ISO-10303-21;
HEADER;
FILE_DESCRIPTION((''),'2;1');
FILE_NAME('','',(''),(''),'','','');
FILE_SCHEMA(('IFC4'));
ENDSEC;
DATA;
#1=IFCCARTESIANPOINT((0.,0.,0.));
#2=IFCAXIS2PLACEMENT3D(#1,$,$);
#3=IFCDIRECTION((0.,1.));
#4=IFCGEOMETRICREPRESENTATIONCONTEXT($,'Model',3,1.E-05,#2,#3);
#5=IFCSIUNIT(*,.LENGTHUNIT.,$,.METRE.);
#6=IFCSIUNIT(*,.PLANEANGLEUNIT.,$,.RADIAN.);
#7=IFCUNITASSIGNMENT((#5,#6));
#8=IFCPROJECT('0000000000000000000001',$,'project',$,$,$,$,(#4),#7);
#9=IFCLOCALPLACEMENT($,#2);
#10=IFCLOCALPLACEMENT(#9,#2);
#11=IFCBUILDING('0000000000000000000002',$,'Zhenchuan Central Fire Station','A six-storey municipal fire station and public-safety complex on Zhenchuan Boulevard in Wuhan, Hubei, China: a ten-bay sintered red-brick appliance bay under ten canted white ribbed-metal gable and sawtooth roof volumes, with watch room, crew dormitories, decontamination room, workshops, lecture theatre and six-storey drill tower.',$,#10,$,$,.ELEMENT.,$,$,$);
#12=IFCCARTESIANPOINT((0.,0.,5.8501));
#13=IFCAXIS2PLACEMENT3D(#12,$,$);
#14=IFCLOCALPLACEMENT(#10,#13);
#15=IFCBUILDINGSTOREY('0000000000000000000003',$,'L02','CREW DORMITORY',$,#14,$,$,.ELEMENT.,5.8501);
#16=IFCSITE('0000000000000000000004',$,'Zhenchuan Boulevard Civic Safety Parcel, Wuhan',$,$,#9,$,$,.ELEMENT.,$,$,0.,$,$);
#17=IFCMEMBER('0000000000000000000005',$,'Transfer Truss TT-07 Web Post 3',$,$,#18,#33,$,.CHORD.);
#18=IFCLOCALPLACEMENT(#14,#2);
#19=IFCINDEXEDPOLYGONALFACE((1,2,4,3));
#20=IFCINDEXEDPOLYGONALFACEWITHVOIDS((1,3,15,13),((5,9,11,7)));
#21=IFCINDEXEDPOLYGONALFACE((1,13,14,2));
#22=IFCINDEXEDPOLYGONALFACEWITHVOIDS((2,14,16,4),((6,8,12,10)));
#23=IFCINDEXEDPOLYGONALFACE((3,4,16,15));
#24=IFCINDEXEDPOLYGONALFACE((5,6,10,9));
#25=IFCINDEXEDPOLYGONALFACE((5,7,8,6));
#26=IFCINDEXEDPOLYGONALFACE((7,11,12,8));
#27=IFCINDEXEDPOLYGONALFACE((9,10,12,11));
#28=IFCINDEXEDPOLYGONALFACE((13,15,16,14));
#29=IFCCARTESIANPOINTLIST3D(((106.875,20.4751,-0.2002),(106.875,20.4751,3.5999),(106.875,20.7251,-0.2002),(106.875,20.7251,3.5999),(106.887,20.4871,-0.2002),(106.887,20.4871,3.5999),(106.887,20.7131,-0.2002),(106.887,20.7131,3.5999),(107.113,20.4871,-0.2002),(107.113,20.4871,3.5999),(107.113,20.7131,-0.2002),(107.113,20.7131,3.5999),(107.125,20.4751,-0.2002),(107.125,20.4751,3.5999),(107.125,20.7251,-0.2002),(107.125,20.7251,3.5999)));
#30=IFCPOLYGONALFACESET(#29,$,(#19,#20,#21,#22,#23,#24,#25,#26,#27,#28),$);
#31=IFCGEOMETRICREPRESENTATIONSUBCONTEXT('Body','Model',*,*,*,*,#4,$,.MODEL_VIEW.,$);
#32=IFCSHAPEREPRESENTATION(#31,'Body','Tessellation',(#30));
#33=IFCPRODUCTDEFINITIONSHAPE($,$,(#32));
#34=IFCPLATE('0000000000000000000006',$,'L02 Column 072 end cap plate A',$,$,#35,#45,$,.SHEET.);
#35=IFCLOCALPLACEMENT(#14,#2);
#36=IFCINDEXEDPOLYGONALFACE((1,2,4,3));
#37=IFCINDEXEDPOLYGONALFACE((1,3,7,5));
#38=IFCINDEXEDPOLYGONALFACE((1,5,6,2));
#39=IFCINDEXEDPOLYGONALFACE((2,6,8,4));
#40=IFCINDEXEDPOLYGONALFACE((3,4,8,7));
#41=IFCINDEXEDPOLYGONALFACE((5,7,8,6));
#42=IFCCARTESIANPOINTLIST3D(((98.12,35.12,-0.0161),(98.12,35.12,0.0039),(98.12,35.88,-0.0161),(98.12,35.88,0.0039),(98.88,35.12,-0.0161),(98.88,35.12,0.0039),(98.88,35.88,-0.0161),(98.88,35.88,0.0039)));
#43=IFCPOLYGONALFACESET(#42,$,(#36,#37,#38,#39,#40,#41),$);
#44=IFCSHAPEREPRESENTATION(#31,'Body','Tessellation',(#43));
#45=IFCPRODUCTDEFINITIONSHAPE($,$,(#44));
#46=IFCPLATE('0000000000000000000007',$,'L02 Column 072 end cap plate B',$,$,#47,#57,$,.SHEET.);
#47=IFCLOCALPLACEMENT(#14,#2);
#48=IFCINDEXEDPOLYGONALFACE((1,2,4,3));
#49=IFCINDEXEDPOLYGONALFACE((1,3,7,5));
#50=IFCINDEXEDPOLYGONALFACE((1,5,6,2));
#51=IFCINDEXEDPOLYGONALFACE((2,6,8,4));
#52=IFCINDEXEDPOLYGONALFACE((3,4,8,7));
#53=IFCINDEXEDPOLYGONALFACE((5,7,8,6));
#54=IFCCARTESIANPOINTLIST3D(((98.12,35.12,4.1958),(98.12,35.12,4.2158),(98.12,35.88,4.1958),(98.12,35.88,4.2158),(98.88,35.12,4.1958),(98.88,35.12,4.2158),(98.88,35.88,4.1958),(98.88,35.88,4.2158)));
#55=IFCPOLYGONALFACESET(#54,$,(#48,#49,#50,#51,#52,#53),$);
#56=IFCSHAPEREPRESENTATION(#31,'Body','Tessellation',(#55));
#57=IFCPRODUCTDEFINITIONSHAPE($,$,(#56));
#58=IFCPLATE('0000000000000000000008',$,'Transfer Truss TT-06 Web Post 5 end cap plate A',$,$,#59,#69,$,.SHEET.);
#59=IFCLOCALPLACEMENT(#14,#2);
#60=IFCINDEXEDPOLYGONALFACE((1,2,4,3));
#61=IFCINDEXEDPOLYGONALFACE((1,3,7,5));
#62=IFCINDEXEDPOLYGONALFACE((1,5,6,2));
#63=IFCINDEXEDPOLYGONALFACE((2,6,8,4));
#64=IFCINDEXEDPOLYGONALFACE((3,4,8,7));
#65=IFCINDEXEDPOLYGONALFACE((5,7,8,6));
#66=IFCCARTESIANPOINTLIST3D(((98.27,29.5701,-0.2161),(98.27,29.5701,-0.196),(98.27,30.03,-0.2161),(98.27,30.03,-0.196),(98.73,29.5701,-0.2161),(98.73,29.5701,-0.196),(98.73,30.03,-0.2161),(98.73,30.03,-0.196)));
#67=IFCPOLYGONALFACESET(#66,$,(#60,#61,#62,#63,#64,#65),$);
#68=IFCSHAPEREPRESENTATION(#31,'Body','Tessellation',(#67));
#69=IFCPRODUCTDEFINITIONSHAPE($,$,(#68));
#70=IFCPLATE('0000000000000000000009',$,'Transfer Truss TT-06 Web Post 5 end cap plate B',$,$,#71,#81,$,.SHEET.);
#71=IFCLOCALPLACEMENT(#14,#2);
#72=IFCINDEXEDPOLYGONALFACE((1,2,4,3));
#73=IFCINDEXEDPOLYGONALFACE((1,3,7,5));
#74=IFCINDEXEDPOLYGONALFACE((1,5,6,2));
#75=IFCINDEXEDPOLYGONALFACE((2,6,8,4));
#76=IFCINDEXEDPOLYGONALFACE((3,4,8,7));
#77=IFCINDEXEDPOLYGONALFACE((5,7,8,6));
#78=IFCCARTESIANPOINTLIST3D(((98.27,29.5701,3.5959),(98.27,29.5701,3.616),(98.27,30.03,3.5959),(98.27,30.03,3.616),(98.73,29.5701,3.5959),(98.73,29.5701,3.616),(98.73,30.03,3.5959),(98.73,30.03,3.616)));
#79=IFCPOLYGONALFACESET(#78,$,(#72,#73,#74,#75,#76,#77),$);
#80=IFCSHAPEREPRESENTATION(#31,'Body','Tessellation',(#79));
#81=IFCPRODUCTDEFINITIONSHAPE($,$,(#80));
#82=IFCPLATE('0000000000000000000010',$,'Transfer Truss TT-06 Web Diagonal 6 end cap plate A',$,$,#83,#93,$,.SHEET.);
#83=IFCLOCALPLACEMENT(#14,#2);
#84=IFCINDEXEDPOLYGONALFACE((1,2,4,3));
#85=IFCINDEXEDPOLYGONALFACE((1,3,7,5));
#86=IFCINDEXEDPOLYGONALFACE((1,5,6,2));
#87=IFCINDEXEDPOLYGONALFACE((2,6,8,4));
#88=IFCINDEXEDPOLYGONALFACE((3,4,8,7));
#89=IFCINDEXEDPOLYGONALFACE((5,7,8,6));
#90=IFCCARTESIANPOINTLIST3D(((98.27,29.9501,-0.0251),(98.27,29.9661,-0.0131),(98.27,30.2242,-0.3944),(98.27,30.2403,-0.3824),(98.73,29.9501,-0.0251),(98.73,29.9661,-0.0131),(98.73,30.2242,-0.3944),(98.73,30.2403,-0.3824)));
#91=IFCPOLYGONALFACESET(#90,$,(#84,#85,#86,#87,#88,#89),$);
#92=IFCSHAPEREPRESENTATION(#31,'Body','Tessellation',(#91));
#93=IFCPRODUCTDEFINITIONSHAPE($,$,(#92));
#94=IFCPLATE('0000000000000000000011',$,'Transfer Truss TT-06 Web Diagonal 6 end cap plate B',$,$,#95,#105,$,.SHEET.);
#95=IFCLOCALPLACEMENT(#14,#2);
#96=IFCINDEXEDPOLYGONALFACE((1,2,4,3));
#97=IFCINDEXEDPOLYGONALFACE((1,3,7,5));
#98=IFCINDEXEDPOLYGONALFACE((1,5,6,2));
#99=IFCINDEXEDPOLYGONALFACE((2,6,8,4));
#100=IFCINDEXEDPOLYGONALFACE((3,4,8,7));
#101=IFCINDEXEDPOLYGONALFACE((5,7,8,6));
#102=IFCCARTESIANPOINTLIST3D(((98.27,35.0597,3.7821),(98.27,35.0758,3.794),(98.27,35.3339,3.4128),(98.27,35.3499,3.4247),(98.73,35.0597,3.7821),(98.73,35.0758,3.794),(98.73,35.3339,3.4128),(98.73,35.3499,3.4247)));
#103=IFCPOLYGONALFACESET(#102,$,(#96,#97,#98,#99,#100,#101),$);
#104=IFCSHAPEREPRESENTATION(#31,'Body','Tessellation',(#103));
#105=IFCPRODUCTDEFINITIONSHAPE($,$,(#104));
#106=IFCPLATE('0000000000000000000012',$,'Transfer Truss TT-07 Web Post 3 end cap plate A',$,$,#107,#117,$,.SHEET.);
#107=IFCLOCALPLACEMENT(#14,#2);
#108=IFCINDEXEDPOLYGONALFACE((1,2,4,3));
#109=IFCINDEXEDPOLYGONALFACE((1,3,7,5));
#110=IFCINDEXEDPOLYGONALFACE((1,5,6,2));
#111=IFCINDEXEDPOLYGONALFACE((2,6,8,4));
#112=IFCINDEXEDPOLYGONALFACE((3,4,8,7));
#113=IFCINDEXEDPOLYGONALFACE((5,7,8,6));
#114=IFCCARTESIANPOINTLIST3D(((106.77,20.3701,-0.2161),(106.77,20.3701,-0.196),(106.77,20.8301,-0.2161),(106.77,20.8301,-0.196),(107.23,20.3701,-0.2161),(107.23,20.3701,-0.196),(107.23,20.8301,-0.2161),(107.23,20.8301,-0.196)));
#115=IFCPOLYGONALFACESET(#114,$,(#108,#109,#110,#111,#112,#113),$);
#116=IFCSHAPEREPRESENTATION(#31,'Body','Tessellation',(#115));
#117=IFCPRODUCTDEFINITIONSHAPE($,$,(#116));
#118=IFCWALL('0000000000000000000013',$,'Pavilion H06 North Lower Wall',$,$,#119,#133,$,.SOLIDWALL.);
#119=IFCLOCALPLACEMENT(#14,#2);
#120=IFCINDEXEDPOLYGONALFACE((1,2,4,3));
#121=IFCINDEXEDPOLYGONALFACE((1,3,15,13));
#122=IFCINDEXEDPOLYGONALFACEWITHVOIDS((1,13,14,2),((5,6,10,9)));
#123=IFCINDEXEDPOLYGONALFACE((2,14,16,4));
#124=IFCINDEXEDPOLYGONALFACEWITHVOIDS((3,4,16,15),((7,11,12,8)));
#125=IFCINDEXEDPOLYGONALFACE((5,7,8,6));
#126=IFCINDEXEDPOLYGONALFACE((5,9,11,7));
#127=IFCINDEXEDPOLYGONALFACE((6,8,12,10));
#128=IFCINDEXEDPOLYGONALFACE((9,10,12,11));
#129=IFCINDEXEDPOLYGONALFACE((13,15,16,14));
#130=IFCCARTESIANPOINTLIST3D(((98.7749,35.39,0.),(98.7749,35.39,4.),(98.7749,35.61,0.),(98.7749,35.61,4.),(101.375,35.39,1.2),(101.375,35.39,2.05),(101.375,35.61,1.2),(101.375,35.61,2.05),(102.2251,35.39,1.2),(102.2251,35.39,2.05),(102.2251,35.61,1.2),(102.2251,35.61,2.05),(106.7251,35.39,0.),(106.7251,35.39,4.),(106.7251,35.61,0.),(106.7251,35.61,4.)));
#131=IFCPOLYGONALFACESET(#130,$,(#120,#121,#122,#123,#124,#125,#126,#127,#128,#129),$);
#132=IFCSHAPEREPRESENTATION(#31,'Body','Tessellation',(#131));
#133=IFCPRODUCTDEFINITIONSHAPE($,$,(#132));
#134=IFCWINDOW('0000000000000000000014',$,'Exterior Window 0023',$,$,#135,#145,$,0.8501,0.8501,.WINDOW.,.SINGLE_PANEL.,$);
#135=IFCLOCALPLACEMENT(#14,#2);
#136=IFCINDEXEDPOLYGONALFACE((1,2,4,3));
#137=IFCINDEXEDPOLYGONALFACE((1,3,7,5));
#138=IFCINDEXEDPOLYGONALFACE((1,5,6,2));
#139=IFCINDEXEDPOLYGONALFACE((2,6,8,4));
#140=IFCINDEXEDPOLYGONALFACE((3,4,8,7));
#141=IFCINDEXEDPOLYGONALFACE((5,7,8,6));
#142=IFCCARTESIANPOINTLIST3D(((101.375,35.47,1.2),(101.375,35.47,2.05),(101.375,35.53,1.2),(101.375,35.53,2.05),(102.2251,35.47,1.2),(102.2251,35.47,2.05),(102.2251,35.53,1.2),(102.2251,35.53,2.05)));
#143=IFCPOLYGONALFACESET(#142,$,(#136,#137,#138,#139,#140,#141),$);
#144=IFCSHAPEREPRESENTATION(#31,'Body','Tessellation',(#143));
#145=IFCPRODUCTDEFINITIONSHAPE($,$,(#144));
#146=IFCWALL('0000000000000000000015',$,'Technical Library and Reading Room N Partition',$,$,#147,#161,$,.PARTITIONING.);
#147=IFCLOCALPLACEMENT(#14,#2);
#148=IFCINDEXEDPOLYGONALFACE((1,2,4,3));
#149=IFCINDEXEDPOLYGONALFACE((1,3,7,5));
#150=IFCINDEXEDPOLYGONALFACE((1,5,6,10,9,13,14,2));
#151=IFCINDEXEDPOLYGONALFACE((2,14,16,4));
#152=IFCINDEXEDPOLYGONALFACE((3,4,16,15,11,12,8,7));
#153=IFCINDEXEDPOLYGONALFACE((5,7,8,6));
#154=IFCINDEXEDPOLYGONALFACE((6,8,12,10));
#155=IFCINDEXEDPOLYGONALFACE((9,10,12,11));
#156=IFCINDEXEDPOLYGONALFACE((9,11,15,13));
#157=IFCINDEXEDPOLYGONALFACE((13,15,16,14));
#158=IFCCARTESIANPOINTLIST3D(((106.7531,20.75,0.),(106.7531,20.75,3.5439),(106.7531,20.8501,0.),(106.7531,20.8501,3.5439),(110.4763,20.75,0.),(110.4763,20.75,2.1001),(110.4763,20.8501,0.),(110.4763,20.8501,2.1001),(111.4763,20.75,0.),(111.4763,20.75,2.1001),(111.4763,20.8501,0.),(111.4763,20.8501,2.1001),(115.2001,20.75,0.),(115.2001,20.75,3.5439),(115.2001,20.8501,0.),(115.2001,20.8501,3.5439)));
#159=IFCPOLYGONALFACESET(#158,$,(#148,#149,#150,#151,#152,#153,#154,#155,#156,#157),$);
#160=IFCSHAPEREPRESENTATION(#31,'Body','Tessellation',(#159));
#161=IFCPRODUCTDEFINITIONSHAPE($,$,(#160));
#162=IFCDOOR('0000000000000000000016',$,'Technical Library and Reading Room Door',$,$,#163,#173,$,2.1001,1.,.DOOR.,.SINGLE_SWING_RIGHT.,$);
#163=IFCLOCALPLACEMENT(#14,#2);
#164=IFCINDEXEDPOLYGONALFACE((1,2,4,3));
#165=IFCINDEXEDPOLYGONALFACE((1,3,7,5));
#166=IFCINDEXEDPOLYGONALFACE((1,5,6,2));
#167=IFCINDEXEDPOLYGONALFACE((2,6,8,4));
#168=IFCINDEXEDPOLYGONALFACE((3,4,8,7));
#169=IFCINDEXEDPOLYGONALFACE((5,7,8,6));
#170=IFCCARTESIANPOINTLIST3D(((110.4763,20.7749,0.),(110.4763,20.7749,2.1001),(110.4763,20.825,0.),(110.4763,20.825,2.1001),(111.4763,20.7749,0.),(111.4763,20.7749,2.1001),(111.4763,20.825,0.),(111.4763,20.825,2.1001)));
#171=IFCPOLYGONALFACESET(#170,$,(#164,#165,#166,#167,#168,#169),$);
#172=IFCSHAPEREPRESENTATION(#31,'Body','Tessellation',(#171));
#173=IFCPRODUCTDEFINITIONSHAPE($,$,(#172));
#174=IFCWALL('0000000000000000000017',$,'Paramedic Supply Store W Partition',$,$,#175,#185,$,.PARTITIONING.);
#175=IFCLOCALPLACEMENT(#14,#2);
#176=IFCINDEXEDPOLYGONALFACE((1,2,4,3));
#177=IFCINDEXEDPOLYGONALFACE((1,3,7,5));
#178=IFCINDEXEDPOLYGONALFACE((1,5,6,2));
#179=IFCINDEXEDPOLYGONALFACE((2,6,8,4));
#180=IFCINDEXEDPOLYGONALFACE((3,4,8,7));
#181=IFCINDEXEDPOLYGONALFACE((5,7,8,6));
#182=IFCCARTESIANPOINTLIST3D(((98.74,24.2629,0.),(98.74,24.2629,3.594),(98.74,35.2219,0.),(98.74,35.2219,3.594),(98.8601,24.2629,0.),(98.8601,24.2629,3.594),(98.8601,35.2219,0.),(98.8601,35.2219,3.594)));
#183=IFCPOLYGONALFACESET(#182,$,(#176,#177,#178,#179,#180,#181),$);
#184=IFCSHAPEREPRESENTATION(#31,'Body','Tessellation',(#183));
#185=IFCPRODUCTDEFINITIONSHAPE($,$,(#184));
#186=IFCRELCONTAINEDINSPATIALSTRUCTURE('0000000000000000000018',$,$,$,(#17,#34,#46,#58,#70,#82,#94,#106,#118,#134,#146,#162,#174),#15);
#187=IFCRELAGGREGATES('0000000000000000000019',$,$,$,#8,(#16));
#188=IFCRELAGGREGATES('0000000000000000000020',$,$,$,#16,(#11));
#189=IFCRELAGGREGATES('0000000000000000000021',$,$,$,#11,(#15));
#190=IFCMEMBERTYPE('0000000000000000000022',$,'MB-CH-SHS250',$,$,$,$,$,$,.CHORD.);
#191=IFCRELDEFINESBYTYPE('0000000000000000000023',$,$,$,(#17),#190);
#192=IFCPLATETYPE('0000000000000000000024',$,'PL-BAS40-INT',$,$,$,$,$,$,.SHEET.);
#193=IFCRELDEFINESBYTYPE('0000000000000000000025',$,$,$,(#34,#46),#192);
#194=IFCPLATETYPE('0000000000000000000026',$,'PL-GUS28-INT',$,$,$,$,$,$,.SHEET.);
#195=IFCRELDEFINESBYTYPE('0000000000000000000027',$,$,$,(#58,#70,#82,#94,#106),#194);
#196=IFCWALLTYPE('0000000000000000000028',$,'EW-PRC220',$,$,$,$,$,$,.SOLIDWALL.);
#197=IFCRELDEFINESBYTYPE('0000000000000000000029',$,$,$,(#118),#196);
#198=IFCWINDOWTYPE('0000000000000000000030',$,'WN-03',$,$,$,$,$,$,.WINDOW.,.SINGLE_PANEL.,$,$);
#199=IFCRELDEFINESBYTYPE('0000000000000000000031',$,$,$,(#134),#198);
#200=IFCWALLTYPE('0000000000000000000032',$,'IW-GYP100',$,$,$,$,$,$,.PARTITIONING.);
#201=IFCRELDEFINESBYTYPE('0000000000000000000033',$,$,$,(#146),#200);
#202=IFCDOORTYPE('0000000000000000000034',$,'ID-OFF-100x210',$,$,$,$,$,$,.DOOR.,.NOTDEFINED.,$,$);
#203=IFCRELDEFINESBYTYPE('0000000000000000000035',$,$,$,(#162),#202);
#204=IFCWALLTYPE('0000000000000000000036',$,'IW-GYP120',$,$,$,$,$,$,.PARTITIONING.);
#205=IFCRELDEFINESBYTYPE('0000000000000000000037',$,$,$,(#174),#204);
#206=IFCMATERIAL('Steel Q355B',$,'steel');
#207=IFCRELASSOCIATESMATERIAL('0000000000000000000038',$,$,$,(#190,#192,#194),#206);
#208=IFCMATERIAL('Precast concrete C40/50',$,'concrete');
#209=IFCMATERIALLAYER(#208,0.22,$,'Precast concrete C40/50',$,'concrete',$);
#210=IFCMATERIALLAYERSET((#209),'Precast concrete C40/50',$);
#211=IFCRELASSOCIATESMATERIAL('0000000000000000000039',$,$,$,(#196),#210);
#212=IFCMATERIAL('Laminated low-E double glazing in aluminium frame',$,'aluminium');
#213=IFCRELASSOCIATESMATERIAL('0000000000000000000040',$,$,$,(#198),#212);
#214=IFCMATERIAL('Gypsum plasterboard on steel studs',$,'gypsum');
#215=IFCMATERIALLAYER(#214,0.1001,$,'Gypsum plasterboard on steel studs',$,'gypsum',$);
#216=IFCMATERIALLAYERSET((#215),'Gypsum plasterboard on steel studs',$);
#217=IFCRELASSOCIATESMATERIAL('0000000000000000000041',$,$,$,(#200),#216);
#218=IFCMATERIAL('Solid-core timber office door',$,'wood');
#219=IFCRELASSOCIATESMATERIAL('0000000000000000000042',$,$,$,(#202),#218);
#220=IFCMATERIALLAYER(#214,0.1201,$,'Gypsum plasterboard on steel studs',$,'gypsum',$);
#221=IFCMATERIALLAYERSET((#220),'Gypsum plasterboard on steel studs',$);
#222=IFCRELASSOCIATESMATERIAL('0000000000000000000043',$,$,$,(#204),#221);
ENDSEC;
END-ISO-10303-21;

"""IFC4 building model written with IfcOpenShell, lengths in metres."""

from ifc_helpers import new_model, si_unit, direction, frame, frame_2d, origin, origin_2d, place, context, subcontext, project, spatial, rectangle, hollow_rectangle, extrude, material, layer, layer_set, material_profile, profile_set, type_object, element, fill, save


model = new_model("IFC4")

# Units and contexts
model_context = context("Model", 3, precision=1e-05, world=origin(), true_north=direction((0.0, 1.0)))
body_context = subcontext(model_context, "Body", "Model", "MODEL_VIEW")
ifc_project = project(units=[si_unit("LENGTHUNIT", "METRE"), si_unit("PLANEANGLEUNIT", "RADIAN")], contexts=[model_context])

# Site, building, storey
site_placement = place(None, origin())
site = spatial("IfcSite", under=ifc_project, at=site_placement, Name="Zhenchuan Boulevard Civic Safety Parcel, Wuhan", CompositionType="ELEMENT", RefElevation=0.0)
building_placement = place(site_placement, origin())
building = spatial("IfcBuilding", under=site, at=building_placement, Name="Zhenchuan Central Fire Station", Description="A six-storey municipal fire station and public-safety complex on Zhenchuan Boulevard in Wuhan, Hubei, China: a ten-bay sintered red-brick appliance bay under ten canted white ribbed-metal gable and sawtooth roof volumes, with watch room, crew dormitories, decontamination room, workshops, lecture theatre and six-storey drill tower.", CompositionType="ELEMENT")
storey_placement = place(building_placement, frame((0.0, 0.0, 5.8501)))
storey = spatial("IfcBuildingStorey", under=building, at=storey_placement, Name="L02", Description="CREW DORMITORY", CompositionType="ELEMENT", Elevation=5.8501)

# Shared definitions
ifc_material_1 = material(Name="Steel Q355B", Category="steel")

# Member
ifc_material_profile_1 = material_profile(ifc_material_1, hollow_rectangle(XDim=0.25, YDim=0.25, WallThickness=0.012, at=origin_2d()), Name="SHS 250x250x12")
ifc_profile_set_1 = profile_set([ifc_material_profile_1], Name="Steel Q355B")
member_type_1 = type_object("IfcMemberType", Name="MB-CH-SHS250", PredefinedType="CHORD", material=ifc_profile_set_1)
for number, where, z_axis, x_axis, name in (
    (1, (107.0, 20.6001, -0.2002), (0.0, 0.0, 1.0), (1.0, 0.0, 0.0), "Transfer Truss TT-07 Web Post 3"),
):
    element("IfcMember", number, at=place(storey_placement, frame(where, z_axis=z_axis, x_axis=x_axis)), inside=storey, type_object=member_type_1, Name=name, PredefinedType="CHORD", context=body_context, shape_type="SweptSolid", body=[
        extrude(hollow_rectangle(XDim=0.25, YDim=0.25, WallThickness=0.012, at=origin_2d()), origin(), (0.0, 0.0, 1.0), 3.8),
    ])

# Plates
ifc_material_profile_2 = material_profile(ifc_material_1, rectangle(XDim=0.76, YDim=0.76, at=origin_2d()), Name="PL 760x760x40")
ifc_profile_set_2 = profile_set([ifc_material_profile_2], Name="Steel Q355B")
plate_type_1 = type_object("IfcPlateType", Name="PL-BAS40-INT", PredefinedType="SHEET", material=ifc_profile_set_2)
for number, where, z_axis, x_axis, name in (
    (2, (98.5, 35.5, -0.0161), (0.0, 0.0, 1.0), (1.0, 0.0, 0.0), "L02 Column 072 end cap plate A"),
    (3, (98.5, 35.5, 4.1958), (0.0, 0.0, 1.0), (1.0, 0.0, 0.0), "L02 Column 072 end cap plate B"),
):
    element("IfcPlate", number, at=place(storey_placement, frame(where, z_axis=z_axis, x_axis=x_axis)), inside=storey, type_object=plate_type_1, Name=name, PredefinedType="SHEET", context=body_context, shape_type="SweptSolid", body=[
        extrude(rectangle(XDim=0.76, YDim=0.76, at=origin_2d()), origin(), (0.0, 0.0, 1.0), 0.02),
    ])
ifc_material_profile_3 = material_profile(ifc_material_1, rectangle(XDim=0.46, YDim=0.46, at=origin_2d()), Name="PL 460x460x28")
ifc_profile_set_3 = profile_set([ifc_material_profile_3], Name="Steel Q355B")
plate_type_2 = type_object("IfcPlateType", Name="PL-GUS28-INT", PredefinedType="SHEET", material=ifc_profile_set_3)
for number, where, z_axis, x_axis, name in (
    (4, (98.5, 29.8, -0.2161), (0.0, 0.0, 1.0), (1.0, 0.0, 0.0), "Transfer Truss TT-06 Web Post 5 end cap plate A"),
    (5, (98.5, 29.8, 3.5959), (0.0, 0.0, 1.0), (1.0, 0.0, 0.0), "Transfer Truss TT-06 Web Post 5 end cap plate B"),
    (6, (98.5, 30.0872, -0.2097), (0.0, 0.80291, 0.5961), (-1.0, 0.0, 0.0), "Transfer Truss TT-06 Web Diagonal 6 end cap plate A"),
    (7, (98.5, 35.1968, 3.5974), (0.0, 0.80291, 0.5961), (-1.0, 0.0, 0.0), "Transfer Truss TT-06 Web Diagonal 6 end cap plate B"),
    (8, (107.0, 20.6001, -0.2161), (0.0, 0.0, 1.0), (1.0, 0.0, 0.0), "Transfer Truss TT-07 Web Post 3 end cap plate A"),
):
    element("IfcPlate", number, at=place(storey_placement, frame(where, z_axis=z_axis, x_axis=x_axis)), inside=storey, type_object=plate_type_2, Name=name, PredefinedType="SHEET", context=body_context, shape_type="SweptSolid", body=[
        extrude(rectangle(XDim=0.46, YDim=0.46, at=origin_2d()), origin(), (0.0, 0.0, 1.0), 0.02),
    ])

# Wall, opening, window
ifc_material_2 = material(Name="Precast concrete C40/50", Category="concrete")
ifc_layer_1 = layer(ifc_material_2, 0.22, Name="Precast concrete C40/50", Category="concrete")
ifc_layer_set_1 = layer_set([ifc_layer_1], Name="Precast concrete C40/50")
wall_type_1 = type_object("IfcWallType", Name="EW-PRC220", PredefinedType="SOLIDWALL", material=ifc_layer_set_1)
wall_1_placement = place(storey_placement, frame((98.7749, 35.5, 0.0), z_axis=(0.0, 0.0, 1.0), x_axis=(1.0, 0.0, 0.0)))
wall_1 = element("IfcWall", 9, at=wall_1_placement, inside=storey, type_object=wall_type_1, Name="Pavilion H06 North Lower Wall", PredefinedType="SOLIDWALL", context=body_context, shape_type="SweptSolid", body=[
    extrude(rectangle(XDim=7.9502, YDim=0.22, at=frame_2d((3.9751, 0.0))), origin(), (0.0, 0.0, 1.0), 4.0),
])
opening_1_placement = place(wall_1_placement, frame((2.6001, 0.0, 1.2)))
opening_1 = element("IfcOpeningElement", 10, at=opening_1_placement, cuts=wall_1, PredefinedType="OPENING", context=body_context, shape_type="SweptSolid", body=[
    extrude(rectangle(XDim=0.8501, YDim=0.8501, at=frame_2d((0.425, 0.425))), frame((0.0, 0.1199, 0.0), z_axis=(0.0, -1.0, 0.0), x_axis=(1.0, 0.0, 0.0)), (0.0, 0.0, 1.0), 0.24),
])
ifc_material_3 = material(Name="Laminated low-E double glazing in aluminium frame", Category="aluminium")
window_type = type_object("IfcWindowType", Name="WN-03", PartitioningType="SINGLE_PANEL", PredefinedType="WINDOW", material=ifc_material_3)
window_placement = place(opening_1_placement, origin())
window = element("IfcWindow", 11, at=window_placement, inside=storey, type_object=window_type, Name="Exterior Window 0023", OverallHeight=0.8501, OverallWidth=0.8501, PartitioningType="SINGLE_PANEL", PredefinedType="WINDOW", context=body_context, shape_type="SweptSolid", body=[
    extrude(rectangle(XDim=0.8501, YDim=0.8501, at=frame_2d((0.425, 0.425))), frame((0.0, 0.03, 0.0), z_axis=(0.0, -1.0, 0.0), x_axis=(1.0, 0.0, 0.0)), (0.0, 0.0, 1.0), 0.0601),
])
fill(opening_1, window)

# Wall, opening, door
ifc_material_4 = material(Name="Gypsum plasterboard on steel studs", Category="gypsum")
ifc_layer_2 = layer(ifc_material_4, 0.1001, Name="Gypsum plasterboard on steel studs", Category="gypsum")
ifc_layer_set_2 = layer_set([ifc_layer_2], Name="Gypsum plasterboard on steel studs")
wall_type_2 = type_object("IfcWallType", Name="IW-GYP100", PredefinedType="PARTITIONING", material=ifc_layer_set_2)
wall_2_placement = place(storey_placement, frame((106.7529, 20.8, 0.0), z_axis=(0.0, 0.0, 1.0), x_axis=(1.0, 0.0, 0.0)))
wall_2 = element("IfcWall", 12, at=wall_2_placement, inside=storey, type_object=wall_type_2, Name="Technical Library and Reading Room N Partition", PredefinedType="PARTITIONING", context=body_context, shape_type="SweptSolid", body=[
    extrude(rectangle(XDim=8.447, YDim=0.1001, at=frame_2d((4.2236, 0.0))), origin(), (0.0, 0.0, 1.0), 3.5439),
])
opening_2_placement = place(wall_2_placement, frame((3.7234, 0.0, 0.0)))
opening_2 = element("IfcOpeningElement", 13, at=opening_2_placement, cuts=wall_2, PredefinedType="OPENING", context=body_context, shape_type="SweptSolid", body=[
    extrude(rectangle(XDim=1.0, YDim=2.1001, at=frame_2d((0.5, 1.05))), frame((0.0, 0.0601, 0.0), z_axis=(0.0, -1.0, 0.0), x_axis=(1.0, 0.0, 0.0)), (0.0, 0.0, 1.0), 0.1201),
])
ifc_material_5 = material(Name="Solid-core timber office door", Category="wood")
door_type_1 = type_object("IfcDoorType", Name="ID-OFF-100x210", OperationType="NOTDEFINED", PredefinedType="DOOR", material=ifc_material_5)
door_1_placement = place(opening_2_placement, origin())
door_1 = element("IfcDoor", 14, at=door_1_placement, inside=storey, type_object=door_type_1, Name="Technical Library and Reading Room Door", OperationType="SINGLE_SWING_RIGHT", OverallHeight=2.1001, OverallWidth=1.0, PredefinedType="DOOR", context=body_context, shape_type="SweptSolid", body=[
    extrude(rectangle(XDim=1.0, YDim=2.1001, at=frame_2d((0.5, 1.05))), frame((0.0, 0.0249, 0.0), z_axis=(0.0, -1.0, 0.0), x_axis=(1.0, 0.0, 0.0)), (0.0, 0.0, 1.0), 0.05),
])
fill(opening_2, door_1)

# Wall
ifc_layer_3 = layer(ifc_material_4, 0.1201, Name="Gypsum plasterboard on steel studs", Category="gypsum")
ifc_layer_set_3 = layer_set([ifc_layer_3], Name="Gypsum plasterboard on steel studs")
wall_type_3 = type_object("IfcWallType", Name="IW-GYP120", PredefinedType="PARTITIONING", material=ifc_layer_set_3)
for number, where, z_axis, x_axis, name in (
    (15, (98.8, 24.2629, 0.0), (0.0, 0.0, 1.0), (0.0, 1.0, 0.0), "Paramedic Supply Store W Partition"),
):
    element("IfcWall", number, at=place(storey_placement, frame(where, z_axis=z_axis, x_axis=x_axis)), inside=storey, type_object=wall_type_3, Name=name, PredefinedType="PARTITIONING", context=body_context, shape_type="SweptSolid", body=[
        extrude(rectangle(XDim=10.959, YDim=0.1201, at=frame_2d((5.4795, 0.0))), origin(), (0.0, 0.0, 1.0), 3.594),
    ])

save(model, "model.ifc")
